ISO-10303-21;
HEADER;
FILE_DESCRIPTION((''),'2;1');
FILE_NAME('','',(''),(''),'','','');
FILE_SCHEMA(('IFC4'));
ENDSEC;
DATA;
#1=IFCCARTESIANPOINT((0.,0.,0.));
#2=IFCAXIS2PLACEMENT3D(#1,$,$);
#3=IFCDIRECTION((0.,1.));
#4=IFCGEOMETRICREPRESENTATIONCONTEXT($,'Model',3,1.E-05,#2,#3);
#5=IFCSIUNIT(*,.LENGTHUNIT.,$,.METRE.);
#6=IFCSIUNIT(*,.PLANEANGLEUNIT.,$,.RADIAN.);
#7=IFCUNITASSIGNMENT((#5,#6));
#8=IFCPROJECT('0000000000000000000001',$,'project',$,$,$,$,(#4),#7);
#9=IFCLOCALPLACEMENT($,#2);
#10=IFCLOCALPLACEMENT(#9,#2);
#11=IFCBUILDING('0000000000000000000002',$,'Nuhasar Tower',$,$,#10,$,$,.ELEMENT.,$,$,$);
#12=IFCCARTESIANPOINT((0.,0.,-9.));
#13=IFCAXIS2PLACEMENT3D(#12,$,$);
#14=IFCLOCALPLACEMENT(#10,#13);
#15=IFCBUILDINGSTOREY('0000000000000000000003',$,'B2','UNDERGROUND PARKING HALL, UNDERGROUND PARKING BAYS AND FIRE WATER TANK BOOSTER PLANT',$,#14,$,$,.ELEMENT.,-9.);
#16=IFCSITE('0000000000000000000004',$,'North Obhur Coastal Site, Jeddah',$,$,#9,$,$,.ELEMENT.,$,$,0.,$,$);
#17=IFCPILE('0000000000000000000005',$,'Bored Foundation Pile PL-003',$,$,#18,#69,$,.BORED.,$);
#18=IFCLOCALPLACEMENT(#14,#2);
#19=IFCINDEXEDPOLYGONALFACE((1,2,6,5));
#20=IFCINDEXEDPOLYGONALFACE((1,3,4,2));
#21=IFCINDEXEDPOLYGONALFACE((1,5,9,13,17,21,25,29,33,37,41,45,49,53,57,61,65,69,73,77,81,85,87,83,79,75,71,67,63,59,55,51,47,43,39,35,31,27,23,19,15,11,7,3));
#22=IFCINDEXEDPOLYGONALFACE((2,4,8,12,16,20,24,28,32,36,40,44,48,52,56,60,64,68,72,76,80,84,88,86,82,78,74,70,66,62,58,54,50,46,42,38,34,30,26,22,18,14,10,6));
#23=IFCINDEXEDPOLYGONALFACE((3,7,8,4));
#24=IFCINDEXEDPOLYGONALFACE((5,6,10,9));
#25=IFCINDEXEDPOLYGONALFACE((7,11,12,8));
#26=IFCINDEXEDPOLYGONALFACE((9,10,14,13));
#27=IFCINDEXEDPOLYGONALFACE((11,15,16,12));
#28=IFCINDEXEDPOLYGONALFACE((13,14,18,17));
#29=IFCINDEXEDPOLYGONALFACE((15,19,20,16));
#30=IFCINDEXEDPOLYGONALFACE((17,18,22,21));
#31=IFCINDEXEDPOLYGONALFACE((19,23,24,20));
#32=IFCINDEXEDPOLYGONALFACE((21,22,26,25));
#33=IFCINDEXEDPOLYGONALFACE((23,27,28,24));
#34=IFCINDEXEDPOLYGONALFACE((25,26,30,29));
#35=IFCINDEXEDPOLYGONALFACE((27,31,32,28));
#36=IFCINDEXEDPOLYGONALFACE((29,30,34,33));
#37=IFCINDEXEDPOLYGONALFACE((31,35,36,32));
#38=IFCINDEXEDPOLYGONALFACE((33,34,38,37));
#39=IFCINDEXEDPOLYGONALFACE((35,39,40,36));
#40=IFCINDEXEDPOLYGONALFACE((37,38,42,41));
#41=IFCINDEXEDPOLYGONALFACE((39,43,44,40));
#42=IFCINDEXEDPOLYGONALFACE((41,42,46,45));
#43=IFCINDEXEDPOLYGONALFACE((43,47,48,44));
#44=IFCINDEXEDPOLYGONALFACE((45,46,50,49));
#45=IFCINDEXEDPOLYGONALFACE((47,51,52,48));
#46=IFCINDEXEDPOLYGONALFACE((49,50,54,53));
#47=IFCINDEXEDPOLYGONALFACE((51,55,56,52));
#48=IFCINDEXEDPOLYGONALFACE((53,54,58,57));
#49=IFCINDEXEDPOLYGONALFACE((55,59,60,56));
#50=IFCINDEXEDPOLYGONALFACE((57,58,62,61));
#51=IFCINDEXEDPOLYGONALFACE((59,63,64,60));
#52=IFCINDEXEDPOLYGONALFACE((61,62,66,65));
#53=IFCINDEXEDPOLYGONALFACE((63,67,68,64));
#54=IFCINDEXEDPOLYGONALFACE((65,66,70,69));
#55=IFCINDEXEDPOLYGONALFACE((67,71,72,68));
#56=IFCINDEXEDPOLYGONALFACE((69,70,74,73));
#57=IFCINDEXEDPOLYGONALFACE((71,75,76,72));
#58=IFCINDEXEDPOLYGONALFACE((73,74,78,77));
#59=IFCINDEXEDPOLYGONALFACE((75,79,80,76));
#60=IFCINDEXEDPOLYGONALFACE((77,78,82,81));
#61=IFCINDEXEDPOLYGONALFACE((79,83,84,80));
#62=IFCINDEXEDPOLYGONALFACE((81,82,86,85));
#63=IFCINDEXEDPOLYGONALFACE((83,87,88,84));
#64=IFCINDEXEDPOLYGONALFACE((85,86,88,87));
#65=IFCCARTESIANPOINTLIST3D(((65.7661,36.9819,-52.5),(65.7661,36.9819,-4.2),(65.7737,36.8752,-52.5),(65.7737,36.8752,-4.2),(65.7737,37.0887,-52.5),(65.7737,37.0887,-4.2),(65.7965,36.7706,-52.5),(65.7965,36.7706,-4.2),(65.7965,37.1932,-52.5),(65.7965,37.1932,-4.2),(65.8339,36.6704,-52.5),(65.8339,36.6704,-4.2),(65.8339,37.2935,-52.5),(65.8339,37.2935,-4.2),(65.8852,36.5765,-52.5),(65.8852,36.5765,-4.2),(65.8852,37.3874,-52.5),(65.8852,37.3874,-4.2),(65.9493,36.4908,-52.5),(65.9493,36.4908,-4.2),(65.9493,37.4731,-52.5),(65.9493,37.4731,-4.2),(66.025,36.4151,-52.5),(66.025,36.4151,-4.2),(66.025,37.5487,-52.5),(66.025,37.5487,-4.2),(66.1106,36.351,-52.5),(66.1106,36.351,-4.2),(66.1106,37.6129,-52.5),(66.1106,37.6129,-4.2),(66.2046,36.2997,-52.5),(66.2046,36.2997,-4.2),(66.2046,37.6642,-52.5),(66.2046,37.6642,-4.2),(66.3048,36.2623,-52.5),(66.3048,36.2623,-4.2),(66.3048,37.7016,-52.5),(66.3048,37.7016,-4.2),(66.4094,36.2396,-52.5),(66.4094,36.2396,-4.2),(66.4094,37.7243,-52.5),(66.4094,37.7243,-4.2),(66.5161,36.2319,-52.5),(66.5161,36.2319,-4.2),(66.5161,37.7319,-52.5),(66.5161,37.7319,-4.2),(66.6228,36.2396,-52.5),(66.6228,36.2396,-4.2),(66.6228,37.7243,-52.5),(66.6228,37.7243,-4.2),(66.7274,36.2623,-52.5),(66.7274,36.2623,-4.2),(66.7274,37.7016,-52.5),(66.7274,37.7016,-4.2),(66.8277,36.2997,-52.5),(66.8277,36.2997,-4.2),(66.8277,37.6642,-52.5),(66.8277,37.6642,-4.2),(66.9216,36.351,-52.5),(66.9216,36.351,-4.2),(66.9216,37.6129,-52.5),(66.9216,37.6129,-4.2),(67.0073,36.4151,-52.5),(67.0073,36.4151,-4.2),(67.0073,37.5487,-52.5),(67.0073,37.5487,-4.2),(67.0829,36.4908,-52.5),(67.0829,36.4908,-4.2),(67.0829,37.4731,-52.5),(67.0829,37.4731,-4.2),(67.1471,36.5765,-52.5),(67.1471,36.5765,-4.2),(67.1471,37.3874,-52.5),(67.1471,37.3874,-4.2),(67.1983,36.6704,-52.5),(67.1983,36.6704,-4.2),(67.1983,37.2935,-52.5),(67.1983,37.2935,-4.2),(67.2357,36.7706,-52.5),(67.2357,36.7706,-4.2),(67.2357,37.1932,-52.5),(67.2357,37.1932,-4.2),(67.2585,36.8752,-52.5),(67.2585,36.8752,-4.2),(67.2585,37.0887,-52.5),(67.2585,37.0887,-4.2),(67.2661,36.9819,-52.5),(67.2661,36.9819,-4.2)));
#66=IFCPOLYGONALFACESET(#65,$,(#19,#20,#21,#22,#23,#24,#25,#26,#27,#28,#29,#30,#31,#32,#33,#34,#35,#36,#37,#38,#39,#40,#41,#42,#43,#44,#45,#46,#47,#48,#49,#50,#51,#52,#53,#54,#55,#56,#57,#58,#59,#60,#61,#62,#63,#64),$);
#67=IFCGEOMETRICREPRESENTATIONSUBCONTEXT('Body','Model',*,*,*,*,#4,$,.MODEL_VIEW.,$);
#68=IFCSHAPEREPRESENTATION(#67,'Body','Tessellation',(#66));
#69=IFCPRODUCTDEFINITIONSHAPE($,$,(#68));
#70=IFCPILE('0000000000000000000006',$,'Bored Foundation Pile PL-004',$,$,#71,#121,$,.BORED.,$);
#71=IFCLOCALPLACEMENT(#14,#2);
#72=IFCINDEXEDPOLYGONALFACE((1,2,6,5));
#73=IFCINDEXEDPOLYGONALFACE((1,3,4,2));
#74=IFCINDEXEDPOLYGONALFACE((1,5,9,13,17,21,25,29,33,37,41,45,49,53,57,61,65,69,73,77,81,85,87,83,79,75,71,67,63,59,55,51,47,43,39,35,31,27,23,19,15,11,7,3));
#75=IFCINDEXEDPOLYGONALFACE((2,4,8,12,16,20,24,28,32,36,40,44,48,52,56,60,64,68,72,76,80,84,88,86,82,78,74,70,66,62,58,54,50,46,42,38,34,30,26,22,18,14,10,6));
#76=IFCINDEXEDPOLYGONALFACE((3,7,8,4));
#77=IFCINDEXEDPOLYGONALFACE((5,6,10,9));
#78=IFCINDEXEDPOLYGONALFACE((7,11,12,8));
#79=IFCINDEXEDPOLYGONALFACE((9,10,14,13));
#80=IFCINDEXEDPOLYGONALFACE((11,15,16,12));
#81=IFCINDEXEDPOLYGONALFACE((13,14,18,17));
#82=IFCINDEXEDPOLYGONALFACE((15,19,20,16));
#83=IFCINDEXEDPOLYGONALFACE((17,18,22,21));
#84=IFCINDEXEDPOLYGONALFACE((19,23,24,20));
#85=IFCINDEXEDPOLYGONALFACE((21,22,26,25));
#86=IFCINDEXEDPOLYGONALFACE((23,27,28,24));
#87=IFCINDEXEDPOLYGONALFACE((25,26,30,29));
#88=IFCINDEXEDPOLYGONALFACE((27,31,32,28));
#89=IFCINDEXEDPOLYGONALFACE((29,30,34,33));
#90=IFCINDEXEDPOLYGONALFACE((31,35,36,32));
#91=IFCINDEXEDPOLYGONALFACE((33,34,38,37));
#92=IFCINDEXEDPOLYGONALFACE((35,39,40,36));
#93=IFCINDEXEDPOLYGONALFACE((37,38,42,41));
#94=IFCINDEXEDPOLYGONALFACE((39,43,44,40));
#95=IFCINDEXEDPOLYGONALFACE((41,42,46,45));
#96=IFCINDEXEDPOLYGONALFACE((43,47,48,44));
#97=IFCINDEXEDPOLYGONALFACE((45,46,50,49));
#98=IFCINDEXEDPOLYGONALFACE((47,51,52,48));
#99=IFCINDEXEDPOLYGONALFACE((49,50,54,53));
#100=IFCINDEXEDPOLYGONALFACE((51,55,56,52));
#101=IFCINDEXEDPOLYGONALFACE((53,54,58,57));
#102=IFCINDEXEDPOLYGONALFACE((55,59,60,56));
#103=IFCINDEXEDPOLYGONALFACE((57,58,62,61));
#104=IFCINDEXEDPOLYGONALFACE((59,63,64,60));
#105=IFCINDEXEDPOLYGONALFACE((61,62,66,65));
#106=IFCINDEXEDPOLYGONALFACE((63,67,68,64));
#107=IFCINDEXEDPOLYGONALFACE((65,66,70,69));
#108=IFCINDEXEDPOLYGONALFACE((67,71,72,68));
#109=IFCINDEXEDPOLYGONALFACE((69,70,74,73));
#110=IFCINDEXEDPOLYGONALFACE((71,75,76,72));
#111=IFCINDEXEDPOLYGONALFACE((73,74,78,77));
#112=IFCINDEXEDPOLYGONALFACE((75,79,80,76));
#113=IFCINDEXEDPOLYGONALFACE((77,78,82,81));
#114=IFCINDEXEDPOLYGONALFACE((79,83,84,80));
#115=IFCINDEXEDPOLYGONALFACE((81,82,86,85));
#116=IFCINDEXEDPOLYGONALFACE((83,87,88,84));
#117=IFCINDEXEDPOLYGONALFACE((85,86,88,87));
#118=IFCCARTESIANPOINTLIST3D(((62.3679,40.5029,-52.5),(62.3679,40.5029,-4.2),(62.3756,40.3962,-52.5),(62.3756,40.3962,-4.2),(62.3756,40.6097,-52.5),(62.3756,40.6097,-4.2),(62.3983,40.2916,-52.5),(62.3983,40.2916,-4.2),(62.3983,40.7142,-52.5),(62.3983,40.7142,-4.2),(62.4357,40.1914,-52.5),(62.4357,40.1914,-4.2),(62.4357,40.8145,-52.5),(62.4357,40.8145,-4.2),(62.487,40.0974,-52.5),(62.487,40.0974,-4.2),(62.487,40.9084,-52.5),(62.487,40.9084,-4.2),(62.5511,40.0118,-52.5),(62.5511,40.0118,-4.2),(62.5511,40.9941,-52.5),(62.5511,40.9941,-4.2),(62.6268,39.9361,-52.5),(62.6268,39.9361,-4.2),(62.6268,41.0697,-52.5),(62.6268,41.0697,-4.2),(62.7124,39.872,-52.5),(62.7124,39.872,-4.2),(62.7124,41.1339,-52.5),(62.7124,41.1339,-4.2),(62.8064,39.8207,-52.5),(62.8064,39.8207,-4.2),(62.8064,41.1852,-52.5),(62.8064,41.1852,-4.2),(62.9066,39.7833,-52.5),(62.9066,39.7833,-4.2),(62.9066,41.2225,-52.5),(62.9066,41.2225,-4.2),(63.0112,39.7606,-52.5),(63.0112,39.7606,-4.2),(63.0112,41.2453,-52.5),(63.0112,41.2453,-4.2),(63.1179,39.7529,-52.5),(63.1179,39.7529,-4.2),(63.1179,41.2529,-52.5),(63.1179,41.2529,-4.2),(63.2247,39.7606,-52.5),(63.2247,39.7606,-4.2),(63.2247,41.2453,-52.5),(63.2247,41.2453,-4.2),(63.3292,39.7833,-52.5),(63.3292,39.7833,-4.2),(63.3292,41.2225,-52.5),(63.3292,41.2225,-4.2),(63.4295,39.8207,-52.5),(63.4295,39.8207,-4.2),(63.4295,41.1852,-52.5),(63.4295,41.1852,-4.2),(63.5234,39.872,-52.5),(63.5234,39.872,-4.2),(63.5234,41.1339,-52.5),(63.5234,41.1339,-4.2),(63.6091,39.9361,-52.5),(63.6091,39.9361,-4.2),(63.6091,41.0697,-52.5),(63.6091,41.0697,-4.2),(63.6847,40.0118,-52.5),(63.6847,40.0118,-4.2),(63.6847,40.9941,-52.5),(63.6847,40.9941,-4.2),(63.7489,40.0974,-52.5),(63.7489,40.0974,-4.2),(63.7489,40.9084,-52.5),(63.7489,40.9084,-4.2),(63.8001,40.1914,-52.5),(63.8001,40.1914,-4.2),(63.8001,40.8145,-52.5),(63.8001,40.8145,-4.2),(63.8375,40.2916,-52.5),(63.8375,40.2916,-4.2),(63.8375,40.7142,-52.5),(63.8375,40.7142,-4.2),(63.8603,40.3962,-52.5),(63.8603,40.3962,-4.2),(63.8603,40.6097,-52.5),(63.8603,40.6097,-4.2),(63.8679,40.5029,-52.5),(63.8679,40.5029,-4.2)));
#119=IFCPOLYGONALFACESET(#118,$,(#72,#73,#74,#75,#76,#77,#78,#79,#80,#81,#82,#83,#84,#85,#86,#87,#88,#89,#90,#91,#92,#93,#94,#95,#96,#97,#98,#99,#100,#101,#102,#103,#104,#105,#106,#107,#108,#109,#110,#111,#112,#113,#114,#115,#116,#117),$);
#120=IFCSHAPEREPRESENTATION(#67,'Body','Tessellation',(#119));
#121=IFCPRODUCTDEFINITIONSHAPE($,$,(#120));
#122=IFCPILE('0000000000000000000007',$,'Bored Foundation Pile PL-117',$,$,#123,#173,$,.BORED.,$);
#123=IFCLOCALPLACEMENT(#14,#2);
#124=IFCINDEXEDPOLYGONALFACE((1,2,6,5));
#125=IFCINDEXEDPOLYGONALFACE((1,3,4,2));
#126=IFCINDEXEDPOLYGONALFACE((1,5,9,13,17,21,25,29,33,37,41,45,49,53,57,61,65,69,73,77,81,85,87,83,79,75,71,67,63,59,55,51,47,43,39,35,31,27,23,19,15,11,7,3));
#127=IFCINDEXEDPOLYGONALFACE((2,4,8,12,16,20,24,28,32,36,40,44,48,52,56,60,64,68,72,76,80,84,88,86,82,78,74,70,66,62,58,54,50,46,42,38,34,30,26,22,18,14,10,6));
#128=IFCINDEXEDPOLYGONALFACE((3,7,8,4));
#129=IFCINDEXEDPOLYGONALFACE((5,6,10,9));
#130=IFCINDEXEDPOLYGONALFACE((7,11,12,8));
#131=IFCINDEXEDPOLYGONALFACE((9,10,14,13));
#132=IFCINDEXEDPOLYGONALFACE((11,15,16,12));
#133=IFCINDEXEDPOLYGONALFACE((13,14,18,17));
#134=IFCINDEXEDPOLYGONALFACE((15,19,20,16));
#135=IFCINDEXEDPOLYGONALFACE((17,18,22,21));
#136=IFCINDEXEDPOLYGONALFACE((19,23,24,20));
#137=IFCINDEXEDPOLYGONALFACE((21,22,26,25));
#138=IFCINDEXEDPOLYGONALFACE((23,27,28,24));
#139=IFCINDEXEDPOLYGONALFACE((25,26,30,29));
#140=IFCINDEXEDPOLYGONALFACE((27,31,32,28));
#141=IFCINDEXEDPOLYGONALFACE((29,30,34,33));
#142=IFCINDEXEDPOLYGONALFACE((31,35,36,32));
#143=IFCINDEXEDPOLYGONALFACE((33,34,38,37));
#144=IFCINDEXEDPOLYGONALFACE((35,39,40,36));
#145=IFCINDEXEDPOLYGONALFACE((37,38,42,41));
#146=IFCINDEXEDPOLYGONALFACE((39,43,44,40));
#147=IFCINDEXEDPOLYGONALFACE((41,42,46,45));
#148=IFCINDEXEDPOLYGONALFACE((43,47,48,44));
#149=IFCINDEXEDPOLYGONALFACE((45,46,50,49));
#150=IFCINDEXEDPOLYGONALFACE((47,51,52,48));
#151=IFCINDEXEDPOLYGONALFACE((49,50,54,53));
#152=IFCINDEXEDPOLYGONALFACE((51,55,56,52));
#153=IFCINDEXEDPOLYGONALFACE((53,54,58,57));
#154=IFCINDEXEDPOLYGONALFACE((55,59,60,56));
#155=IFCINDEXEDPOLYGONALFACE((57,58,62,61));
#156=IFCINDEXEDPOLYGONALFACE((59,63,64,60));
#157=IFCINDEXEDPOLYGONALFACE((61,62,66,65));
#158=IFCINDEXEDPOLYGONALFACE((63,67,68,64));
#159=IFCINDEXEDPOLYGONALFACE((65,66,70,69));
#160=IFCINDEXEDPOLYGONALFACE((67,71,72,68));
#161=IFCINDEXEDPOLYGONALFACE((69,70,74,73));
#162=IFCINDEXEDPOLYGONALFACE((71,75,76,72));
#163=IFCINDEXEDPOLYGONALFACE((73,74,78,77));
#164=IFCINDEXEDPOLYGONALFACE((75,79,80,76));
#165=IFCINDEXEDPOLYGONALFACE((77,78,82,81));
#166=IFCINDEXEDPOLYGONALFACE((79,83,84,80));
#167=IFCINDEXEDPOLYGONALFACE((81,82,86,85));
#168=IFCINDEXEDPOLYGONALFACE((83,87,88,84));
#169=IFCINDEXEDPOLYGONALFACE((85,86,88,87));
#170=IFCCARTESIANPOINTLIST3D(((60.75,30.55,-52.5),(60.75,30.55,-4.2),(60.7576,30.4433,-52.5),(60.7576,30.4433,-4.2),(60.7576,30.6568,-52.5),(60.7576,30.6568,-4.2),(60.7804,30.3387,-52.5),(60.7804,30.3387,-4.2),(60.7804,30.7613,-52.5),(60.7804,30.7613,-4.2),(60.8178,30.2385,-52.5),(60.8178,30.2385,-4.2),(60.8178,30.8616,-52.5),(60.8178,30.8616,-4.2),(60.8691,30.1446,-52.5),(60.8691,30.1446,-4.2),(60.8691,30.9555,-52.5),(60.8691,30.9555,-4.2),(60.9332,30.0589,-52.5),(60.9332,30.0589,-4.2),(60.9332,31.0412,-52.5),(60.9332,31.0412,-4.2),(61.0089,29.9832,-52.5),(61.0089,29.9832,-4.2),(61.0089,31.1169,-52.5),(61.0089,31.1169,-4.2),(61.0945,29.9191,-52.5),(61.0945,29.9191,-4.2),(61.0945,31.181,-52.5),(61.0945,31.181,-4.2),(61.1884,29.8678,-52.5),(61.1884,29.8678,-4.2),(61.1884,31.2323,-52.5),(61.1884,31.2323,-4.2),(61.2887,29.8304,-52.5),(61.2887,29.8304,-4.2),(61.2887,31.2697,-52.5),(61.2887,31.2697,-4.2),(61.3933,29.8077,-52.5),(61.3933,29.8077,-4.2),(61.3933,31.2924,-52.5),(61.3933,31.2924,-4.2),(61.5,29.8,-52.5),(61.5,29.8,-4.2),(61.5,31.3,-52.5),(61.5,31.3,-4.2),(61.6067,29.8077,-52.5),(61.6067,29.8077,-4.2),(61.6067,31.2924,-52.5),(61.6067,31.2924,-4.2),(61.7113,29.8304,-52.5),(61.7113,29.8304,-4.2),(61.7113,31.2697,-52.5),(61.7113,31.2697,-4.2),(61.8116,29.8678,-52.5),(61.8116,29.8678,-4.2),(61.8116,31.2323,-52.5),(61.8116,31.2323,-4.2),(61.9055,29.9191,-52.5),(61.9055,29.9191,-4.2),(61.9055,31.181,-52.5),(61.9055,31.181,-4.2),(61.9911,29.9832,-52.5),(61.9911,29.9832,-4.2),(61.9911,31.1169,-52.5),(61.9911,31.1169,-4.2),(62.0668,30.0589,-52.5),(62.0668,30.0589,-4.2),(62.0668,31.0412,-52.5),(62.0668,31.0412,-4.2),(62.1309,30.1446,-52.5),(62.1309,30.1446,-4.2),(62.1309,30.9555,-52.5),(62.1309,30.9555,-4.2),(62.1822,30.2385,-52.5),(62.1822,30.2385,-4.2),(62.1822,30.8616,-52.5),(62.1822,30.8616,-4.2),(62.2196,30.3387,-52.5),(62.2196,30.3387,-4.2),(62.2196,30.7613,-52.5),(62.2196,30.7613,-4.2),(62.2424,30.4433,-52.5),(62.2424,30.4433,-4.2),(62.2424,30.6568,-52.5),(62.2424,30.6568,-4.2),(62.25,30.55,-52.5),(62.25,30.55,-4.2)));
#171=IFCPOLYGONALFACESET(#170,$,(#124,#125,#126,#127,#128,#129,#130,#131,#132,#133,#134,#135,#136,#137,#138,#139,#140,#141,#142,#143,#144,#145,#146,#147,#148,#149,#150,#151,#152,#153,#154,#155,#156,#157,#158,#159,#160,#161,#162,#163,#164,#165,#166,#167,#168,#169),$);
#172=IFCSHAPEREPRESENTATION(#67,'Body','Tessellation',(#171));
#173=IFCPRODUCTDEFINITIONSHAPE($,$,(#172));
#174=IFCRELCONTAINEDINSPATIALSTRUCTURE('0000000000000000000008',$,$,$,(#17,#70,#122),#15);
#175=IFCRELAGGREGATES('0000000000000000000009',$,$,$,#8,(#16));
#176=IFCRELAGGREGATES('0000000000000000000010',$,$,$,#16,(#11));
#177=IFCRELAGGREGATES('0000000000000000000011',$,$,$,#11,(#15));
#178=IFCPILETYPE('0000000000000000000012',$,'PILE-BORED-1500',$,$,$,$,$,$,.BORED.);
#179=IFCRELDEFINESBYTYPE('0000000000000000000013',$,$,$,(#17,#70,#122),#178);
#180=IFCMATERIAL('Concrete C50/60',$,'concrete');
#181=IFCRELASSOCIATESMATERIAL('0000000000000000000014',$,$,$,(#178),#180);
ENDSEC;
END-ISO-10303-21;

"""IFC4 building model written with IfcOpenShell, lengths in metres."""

from ifc_helpers import new_model, si_unit, direction, frame, origin, origin_2d, place, context, subcontext, project, spatial, circle, extrude, material, material_profile, profile_set, type_object, element, save


model = new_model("IFC4")

# Units and contexts
model_context = context("Model", 3, precision=1e-05, world=origin(), true_north=direction((0.0, 1.0)))
body_context = subcontext(model_context, "Body", "Model", "MODEL_VIEW")
ifc_project = project(units=[si_unit("LENGTHUNIT", "METRE"), si_unit("PLANEANGLEUNIT", "RADIAN")], contexts=[model_context])

# Site, building, storey
site_placement = place(None, origin())
site = spatial("IfcSite", under=ifc_project, at=site_placement, Name="North Obhur Coastal Site, Jeddah", CompositionType="ELEMENT", RefElevation=0.0)
building_placement = place(site_placement, origin())
building = spatial("IfcBuilding", under=site, at=building_placement, Name="Nuhasar Tower", CompositionType="ELEMENT")
storey_placement = place(building_placement, frame((0.0, 0.0, -9.0)))
storey = spatial("IfcBuildingStorey", under=building, at=storey_placement, Name="B2", Description="UNDERGROUND PARKING HALL, UNDERGROUND PARKING BAYS AND FIRE WATER TANK BOOSTER PLANT", CompositionType="ELEMENT", Elevation=-9.0)

# Shared definitions
ifc_material_1 = material(Name="Concrete C50/60", Category="concrete")

# Piles
ifc_material_profile_1 = material_profile(ifc_material_1, circle(Radius=0.75, at=origin_2d()), Name="PILE1500")
ifc_profile_set_1 = profile_set([ifc_material_profile_1], Name="Concrete C50/60")
pile_type_1 = type_object("IfcPileType", Name="PILE-BORED-1500", PredefinedType="BORED", material=ifc_profile_set_1)
for number, where, z_axis, x_axis, name in (
    (1, (66.5161, 36.9819, -4.2), (0.0, 0.0, -1.0), (1.0, 0.0, 0.0), "Bored Foundation Pile PL-003"),
    (2, (63.1179, 40.5029, -4.2), (0.0, 0.0, -1.0), (1.0, 0.0, 0.0), "Bored Foundation Pile PL-004"),
    (3, (61.5, 30.55, -4.2), (0.0, 0.0, -1.0), (1.0, 0.0, 0.0), "Bored Foundation Pile PL-117"),
):
    element("IfcPile", number, at=place(storey_placement, frame(where, z_axis=z_axis, x_axis=x_axis)), inside=storey, type_object=pile_type_1, Name=name, PredefinedType="BORED", context=body_context, shape_type="SweptSolid", body=[
        extrude(circle(Radius=0.75, at=origin_2d()), origin(), (0.0, 0.0, 1.0), 48.3),
    ])

save(model, "model.ifc")
